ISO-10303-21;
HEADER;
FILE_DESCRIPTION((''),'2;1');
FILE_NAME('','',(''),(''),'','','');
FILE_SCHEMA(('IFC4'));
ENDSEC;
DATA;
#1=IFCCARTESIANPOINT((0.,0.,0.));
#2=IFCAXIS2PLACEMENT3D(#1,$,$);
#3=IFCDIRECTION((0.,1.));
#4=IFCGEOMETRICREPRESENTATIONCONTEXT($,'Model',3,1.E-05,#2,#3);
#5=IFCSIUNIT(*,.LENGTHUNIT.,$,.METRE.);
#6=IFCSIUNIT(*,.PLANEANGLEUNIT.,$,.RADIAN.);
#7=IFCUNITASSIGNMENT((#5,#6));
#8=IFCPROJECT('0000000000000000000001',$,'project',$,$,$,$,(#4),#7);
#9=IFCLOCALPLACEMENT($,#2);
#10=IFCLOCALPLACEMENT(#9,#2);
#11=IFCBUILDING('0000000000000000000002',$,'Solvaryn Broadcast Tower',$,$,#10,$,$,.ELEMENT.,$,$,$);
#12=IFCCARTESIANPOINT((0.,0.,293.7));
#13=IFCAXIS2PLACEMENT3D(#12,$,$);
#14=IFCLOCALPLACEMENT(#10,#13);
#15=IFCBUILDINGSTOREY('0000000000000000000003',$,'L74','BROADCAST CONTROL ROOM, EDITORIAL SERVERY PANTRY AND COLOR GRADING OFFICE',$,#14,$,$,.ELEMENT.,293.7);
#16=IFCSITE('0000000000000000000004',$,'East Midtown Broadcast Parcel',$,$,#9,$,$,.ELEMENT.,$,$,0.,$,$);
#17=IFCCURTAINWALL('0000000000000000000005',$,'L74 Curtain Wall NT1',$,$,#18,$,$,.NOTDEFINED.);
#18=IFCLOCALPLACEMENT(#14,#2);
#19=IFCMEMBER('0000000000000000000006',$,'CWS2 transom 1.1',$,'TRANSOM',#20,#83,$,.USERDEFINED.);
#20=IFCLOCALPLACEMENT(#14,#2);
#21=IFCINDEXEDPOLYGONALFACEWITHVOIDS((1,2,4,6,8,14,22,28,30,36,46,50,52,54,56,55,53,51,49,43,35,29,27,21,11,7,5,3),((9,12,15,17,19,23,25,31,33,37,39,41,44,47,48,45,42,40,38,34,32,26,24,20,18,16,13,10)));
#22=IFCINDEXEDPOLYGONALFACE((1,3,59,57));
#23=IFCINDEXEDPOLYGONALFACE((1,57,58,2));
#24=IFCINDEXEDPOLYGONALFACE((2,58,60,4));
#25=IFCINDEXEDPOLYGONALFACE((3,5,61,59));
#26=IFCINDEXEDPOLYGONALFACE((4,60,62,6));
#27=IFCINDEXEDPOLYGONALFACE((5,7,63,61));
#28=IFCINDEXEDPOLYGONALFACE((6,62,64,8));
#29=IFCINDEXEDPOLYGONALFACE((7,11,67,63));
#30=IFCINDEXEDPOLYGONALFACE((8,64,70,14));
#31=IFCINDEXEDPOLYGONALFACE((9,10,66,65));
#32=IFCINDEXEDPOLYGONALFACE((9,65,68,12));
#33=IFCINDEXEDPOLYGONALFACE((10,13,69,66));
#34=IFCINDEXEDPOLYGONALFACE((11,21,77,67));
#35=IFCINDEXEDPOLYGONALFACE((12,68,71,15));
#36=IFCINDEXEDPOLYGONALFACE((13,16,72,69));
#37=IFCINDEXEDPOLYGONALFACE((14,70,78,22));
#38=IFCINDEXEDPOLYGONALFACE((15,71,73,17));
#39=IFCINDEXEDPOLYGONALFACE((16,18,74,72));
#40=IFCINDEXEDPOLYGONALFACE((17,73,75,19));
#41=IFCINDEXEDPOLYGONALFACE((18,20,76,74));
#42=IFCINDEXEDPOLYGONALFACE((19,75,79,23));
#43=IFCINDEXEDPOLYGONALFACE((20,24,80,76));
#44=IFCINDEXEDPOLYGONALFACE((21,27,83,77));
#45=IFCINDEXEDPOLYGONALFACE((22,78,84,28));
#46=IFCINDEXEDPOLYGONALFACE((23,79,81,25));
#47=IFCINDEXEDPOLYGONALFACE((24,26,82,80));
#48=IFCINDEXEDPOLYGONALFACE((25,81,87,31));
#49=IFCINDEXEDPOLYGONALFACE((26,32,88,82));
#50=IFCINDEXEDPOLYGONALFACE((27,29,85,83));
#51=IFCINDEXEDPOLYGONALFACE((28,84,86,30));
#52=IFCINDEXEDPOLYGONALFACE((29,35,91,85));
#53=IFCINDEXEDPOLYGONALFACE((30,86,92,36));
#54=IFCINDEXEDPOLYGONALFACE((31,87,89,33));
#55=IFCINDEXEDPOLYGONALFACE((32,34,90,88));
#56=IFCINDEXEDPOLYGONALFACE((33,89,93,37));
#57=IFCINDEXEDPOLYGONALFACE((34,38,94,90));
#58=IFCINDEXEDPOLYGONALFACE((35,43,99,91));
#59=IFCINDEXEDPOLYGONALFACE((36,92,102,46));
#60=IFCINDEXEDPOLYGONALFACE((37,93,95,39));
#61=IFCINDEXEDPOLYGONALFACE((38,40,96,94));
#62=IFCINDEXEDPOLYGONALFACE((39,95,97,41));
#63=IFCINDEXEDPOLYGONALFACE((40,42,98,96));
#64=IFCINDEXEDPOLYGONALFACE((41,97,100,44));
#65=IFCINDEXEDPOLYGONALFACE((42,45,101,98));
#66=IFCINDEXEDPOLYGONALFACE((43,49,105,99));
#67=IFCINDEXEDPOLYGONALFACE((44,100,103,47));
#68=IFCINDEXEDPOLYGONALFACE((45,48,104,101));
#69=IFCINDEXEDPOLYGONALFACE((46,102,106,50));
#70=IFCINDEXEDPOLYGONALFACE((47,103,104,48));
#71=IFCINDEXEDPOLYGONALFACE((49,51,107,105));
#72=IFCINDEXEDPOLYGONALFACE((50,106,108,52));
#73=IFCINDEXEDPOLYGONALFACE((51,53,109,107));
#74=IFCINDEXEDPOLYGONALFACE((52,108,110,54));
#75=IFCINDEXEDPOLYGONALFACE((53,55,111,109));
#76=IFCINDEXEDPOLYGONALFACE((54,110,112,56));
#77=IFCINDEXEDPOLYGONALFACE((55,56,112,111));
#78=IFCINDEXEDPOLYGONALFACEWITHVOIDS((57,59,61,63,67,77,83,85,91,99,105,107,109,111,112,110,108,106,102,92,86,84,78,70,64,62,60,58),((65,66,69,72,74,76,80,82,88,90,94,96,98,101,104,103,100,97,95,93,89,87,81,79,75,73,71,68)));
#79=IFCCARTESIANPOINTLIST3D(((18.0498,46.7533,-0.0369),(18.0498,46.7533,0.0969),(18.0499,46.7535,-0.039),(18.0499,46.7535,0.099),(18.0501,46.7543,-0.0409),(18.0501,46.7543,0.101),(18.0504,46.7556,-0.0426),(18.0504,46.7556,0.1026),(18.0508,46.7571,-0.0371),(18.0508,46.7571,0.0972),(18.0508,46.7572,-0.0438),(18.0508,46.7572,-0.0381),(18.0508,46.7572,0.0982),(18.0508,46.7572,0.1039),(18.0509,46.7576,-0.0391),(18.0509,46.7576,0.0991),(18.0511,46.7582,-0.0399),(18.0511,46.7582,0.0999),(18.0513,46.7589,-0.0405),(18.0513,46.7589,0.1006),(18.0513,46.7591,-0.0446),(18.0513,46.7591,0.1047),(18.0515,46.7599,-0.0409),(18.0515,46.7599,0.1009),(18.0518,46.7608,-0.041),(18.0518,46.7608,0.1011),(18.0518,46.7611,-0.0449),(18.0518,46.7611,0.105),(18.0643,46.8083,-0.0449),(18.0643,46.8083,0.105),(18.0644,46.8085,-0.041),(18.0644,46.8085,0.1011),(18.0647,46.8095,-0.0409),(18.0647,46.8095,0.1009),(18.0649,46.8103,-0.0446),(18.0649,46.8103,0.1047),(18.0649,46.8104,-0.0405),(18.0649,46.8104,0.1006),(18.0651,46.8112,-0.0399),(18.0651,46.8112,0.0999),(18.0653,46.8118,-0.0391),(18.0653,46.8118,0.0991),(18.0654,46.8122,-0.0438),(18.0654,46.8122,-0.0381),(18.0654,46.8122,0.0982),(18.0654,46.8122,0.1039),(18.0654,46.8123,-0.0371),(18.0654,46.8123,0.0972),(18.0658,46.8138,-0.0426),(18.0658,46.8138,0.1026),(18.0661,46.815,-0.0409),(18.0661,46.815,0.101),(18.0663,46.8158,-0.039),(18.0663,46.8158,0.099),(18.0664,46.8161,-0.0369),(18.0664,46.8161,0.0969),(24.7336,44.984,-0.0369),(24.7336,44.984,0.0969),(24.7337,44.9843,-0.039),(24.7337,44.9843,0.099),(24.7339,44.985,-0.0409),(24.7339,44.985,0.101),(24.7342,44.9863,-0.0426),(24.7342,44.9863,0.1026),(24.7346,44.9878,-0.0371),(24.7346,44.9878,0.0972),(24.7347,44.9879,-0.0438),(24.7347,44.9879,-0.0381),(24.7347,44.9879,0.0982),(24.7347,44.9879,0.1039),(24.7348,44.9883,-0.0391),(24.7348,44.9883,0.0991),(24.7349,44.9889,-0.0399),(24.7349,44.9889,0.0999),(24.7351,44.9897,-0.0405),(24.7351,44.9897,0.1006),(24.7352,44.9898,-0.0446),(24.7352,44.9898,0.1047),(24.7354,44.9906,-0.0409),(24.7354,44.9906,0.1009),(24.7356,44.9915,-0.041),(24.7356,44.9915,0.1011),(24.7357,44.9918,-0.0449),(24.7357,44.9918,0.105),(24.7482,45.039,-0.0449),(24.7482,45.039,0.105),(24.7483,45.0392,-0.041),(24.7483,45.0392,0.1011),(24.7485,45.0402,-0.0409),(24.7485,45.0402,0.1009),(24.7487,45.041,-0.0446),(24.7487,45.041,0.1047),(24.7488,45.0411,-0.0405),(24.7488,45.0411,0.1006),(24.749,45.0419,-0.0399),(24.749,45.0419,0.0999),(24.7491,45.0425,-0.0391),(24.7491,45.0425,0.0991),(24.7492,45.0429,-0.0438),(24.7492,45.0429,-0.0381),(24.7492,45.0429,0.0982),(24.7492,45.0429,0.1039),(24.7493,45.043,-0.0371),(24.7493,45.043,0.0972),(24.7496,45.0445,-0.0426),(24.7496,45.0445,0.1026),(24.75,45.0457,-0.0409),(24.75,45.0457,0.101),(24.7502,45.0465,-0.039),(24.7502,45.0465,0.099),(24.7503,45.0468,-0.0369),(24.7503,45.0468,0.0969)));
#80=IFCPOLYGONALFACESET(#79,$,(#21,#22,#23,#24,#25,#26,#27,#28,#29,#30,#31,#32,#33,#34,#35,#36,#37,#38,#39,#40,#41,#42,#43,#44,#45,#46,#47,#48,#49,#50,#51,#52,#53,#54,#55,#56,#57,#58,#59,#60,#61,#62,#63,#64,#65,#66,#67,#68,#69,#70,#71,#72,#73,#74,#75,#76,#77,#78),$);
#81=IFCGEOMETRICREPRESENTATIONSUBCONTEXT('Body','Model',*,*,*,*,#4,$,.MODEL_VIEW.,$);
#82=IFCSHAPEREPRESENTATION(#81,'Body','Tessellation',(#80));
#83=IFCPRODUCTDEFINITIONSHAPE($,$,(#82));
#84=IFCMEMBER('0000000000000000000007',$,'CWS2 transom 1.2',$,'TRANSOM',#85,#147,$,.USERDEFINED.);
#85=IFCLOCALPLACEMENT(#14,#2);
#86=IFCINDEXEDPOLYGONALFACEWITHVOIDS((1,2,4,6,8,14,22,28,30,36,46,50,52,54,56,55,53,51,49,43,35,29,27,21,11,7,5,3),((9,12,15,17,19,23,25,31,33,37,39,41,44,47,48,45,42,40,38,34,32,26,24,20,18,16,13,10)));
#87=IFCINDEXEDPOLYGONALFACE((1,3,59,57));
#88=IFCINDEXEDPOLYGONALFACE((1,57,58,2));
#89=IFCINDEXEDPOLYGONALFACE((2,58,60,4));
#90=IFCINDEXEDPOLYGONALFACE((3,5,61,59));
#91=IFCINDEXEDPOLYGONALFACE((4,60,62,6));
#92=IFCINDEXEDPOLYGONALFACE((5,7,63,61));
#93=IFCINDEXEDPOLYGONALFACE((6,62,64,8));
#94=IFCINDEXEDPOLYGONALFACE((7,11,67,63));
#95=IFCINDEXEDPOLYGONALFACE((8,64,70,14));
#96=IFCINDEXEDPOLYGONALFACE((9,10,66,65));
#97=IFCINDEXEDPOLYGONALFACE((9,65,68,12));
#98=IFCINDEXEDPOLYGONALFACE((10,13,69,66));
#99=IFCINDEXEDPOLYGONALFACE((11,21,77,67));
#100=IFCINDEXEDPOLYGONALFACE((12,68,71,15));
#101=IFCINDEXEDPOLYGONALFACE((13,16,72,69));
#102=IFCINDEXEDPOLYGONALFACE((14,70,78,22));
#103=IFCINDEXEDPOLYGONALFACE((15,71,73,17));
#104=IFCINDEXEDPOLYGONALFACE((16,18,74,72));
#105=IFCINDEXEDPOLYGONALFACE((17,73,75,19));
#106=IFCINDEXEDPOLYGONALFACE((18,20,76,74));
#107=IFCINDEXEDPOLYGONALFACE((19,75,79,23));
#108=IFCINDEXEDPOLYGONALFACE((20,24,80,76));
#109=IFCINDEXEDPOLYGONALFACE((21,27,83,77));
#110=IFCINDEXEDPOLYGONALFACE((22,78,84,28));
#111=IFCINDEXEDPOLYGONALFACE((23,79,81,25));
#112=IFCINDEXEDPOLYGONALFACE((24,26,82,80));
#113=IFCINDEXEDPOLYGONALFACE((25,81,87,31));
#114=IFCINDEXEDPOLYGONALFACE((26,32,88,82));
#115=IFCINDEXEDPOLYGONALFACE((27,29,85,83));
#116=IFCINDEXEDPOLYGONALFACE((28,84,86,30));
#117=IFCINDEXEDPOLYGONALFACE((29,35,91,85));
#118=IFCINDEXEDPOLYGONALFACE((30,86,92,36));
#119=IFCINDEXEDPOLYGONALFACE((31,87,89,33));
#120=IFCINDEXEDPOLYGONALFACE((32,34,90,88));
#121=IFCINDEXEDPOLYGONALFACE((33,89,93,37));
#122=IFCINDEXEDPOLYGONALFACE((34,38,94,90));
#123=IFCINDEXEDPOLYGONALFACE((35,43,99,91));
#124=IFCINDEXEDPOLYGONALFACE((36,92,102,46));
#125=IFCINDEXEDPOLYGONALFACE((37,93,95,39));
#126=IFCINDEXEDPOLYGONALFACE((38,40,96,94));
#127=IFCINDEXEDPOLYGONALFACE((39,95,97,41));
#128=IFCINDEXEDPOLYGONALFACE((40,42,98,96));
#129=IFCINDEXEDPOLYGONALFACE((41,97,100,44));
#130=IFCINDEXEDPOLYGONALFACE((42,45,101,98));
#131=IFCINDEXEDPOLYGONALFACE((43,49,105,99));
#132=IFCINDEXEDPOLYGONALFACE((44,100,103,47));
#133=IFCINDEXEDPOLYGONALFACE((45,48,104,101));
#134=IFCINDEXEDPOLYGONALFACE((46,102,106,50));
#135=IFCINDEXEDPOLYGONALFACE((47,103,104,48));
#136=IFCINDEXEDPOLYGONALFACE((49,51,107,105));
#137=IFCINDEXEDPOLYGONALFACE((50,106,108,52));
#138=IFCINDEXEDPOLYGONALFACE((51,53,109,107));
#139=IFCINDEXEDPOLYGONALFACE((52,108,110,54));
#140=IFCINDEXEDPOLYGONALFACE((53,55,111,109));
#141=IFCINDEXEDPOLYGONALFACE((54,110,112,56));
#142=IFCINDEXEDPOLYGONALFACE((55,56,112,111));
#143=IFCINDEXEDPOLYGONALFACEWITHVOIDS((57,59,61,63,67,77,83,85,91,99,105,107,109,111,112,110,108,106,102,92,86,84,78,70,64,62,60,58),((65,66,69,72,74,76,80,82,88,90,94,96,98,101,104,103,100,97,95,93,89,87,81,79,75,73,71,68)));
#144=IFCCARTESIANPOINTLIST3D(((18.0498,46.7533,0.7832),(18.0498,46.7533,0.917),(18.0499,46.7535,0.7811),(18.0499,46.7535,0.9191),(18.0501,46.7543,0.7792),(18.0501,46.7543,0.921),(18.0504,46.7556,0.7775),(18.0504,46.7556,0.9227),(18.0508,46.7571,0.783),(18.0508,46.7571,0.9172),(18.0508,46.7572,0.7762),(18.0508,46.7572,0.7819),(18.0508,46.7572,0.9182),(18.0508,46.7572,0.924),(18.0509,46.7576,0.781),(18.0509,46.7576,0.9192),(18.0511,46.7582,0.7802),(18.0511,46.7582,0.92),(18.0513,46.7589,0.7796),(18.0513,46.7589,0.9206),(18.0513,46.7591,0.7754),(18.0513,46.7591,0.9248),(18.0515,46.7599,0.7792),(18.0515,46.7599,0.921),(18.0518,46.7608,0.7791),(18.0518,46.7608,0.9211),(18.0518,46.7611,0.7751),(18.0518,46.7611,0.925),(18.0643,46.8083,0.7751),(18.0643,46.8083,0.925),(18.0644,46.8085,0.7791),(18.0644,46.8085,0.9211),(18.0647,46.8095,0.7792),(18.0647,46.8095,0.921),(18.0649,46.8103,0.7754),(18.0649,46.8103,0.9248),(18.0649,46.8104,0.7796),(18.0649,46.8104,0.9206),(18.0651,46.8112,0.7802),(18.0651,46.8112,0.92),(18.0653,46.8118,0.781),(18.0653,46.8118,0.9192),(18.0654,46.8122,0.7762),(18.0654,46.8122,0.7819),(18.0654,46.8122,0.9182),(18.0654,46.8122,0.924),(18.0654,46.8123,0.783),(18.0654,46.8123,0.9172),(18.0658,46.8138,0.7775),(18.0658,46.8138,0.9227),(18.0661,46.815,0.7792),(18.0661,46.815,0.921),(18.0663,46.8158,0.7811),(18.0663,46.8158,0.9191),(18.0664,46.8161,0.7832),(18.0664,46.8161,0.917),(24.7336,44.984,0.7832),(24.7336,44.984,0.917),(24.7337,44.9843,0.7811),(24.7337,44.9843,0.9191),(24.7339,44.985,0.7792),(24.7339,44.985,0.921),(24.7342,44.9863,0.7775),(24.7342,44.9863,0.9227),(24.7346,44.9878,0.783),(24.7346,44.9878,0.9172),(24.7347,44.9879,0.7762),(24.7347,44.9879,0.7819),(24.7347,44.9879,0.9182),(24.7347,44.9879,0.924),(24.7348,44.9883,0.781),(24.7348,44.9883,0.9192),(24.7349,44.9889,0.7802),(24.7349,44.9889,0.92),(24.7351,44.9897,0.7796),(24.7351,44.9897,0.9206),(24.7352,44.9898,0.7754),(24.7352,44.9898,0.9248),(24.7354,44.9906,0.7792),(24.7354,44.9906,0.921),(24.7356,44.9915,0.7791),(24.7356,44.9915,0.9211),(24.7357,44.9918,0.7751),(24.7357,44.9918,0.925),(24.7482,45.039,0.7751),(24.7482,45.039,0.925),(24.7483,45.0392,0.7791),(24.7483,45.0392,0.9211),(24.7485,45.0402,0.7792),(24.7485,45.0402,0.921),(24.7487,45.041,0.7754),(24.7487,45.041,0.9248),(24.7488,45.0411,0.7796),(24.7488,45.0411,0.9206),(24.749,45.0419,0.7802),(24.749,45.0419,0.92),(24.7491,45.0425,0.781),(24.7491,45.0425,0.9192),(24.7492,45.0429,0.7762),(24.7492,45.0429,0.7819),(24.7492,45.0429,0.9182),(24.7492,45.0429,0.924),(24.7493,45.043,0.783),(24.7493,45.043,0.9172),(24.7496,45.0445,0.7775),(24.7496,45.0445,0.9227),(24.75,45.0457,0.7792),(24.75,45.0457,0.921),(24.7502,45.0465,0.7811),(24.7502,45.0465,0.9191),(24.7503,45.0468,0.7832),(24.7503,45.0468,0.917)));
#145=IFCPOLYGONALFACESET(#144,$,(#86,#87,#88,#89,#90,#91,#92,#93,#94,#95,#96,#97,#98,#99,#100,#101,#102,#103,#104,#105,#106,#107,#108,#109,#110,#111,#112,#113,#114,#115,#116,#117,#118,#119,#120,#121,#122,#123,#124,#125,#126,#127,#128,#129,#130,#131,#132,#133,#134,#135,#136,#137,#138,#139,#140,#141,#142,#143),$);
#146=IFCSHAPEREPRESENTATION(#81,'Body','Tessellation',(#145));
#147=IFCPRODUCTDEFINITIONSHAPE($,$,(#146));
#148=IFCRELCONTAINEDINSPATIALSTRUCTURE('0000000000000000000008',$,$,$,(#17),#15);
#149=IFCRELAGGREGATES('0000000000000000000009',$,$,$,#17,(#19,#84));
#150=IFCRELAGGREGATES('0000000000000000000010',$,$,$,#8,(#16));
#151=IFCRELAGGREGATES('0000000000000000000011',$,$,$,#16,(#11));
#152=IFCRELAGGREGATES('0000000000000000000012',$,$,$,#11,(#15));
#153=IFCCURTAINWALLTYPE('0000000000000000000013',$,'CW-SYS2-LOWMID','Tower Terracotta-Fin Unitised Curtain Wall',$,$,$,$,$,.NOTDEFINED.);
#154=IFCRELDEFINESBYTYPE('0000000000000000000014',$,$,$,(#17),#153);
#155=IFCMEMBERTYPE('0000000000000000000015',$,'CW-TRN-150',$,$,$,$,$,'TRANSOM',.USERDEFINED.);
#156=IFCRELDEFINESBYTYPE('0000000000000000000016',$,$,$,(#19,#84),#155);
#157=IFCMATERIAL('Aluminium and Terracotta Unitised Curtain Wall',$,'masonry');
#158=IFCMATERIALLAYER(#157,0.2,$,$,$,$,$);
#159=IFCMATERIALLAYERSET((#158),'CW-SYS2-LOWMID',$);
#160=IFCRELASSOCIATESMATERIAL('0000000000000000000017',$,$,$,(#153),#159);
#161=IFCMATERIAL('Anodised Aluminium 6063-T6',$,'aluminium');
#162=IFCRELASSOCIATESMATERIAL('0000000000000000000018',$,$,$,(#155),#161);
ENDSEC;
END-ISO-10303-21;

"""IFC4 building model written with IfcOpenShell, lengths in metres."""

from ifc_helpers import new_model, si_unit, direction, frame, origin, origin_2d, place, context, subcontext, project, spatial, hollow_rectangle, extrude, material, layer, layer_set, material_profile, profile_set, type_object, element, aggregate, save


model = new_model("IFC4")

# Units and contexts
model_context = context("Model", 3, precision=1e-05, world=origin(), true_north=direction((0.0, 1.0)))
body_context = subcontext(model_context, "Body", "Model", "MODEL_VIEW")
ifc_project = project(units=[si_unit("LENGTHUNIT", "METRE"), si_unit("PLANEANGLEUNIT", "RADIAN")], contexts=[model_context])

# Site, building, storey
site_placement = place(None, origin())
site = spatial("IfcSite", under=ifc_project, at=site_placement, Name="East Midtown Broadcast Parcel", CompositionType="ELEMENT", RefElevation=0.0)
building_placement = place(site_placement, origin())
building = spatial("IfcBuilding", under=site, at=building_placement, Name="Solvaryn Broadcast Tower", CompositionType="ELEMENT")
storey_placement = place(building_placement, frame((0.0, 0.0, 293.7)))
storey = spatial("IfcBuildingStorey", under=building, at=storey_placement, Name="L74", Description="BROADCAST CONTROL ROOM, EDITORIAL SERVERY PANTRY AND COLOR GRADING OFFICE", CompositionType="ELEMENT", Elevation=293.7)

# Shared definitions
ifc_material_1 = material(Name="Aluminium and Terracotta Unitised Curtain Wall", Category="masonry")
ifc_layer_1 = layer(ifc_material_1, 0.2)
ifc_layer_set_1 = layer_set([ifc_layer_1], Name="CW-SYS2-LOWMID")
curtain_wall_type = type_object("IfcCurtainWallType", Name="CW-SYS2-LOWMID", Description="Tower Terracotta-Fin Unitised Curtain Wall", PredefinedType="NOTDEFINED", material=ifc_layer_set_1)

# Curtain wall
curtain_wall_1_placement = place(storey_placement, origin())
curtain_wall_1 = element("IfcCurtainWall", 1, at=curtain_wall_1_placement, inside=storey, type_object=curtain_wall_type, Name="L74 Curtain Wall NT1", PredefinedType="NOTDEFINED")

# Members
ifc_material_2 = material(Name="Anodised Aluminium 6063-T6", Category="aluminium")
ifc_material_profile_1 = material_profile(ifc_material_2, hollow_rectangle(XDim=0.0649, YDim=0.1499, WallThickness=0.0039, InnerFilletRadius=0.0039, OuterFilletRadius=0.0081, at=origin_2d()))
ifc_profile_set_1 = profile_set([ifc_material_profile_1], Name="Anodised Aluminium 6063-T6")
member_type_1 = type_object("IfcMemberType", Name="CW-TRN-150", ElementType="TRANSOM", PredefinedType="USERDEFINED", material=ifc_profile_set_1)
member_1_placement = place(storey_placement, frame((24.7419, 45.0154, 0.03), z_axis=(-0.966704, 0.255897, 0.0), x_axis=(-0.255897, -0.966704, 0.0)))
member_1 = element("IfcMember", 2, at=member_1_placement, type_object=member_type_1, Name="CWS2 transom 1.1", ObjectType="TRANSOM", PredefinedType="USERDEFINED", context=body_context, shape_type="SweptSolid", body=[
    extrude(hollow_rectangle(XDim=0.0649, YDim=0.1499, WallThickness=0.0039, InnerFilletRadius=0.0039, OuterFilletRadius=0.0081, at=origin_2d()), origin(), (0.0, 0.0, 1.0), 6.9141),
])
member_2_placement = place(storey_placement, frame((24.7419, 45.0154, 0.8501), z_axis=(-0.966704, 0.255897, 0.0), x_axis=(-0.255897, -0.966704, 0.0)))
member_2 = element("IfcMember", 3, at=member_2_placement, type_object=member_type_1, Name="CWS2 transom 1.2", ObjectType="TRANSOM", PredefinedType="USERDEFINED", context=body_context, shape_type="SweptSolid", body=[
    extrude(hollow_rectangle(XDim=0.0649, YDim=0.1499, WallThickness=0.0039, InnerFilletRadius=0.0039, OuterFilletRadius=0.0081, at=origin_2d()), origin(), (0.0, 0.0, 1.0), 6.9141),
])
aggregate(curtain_wall_1, [member_1, member_2])

save(model, "model.ifc")
